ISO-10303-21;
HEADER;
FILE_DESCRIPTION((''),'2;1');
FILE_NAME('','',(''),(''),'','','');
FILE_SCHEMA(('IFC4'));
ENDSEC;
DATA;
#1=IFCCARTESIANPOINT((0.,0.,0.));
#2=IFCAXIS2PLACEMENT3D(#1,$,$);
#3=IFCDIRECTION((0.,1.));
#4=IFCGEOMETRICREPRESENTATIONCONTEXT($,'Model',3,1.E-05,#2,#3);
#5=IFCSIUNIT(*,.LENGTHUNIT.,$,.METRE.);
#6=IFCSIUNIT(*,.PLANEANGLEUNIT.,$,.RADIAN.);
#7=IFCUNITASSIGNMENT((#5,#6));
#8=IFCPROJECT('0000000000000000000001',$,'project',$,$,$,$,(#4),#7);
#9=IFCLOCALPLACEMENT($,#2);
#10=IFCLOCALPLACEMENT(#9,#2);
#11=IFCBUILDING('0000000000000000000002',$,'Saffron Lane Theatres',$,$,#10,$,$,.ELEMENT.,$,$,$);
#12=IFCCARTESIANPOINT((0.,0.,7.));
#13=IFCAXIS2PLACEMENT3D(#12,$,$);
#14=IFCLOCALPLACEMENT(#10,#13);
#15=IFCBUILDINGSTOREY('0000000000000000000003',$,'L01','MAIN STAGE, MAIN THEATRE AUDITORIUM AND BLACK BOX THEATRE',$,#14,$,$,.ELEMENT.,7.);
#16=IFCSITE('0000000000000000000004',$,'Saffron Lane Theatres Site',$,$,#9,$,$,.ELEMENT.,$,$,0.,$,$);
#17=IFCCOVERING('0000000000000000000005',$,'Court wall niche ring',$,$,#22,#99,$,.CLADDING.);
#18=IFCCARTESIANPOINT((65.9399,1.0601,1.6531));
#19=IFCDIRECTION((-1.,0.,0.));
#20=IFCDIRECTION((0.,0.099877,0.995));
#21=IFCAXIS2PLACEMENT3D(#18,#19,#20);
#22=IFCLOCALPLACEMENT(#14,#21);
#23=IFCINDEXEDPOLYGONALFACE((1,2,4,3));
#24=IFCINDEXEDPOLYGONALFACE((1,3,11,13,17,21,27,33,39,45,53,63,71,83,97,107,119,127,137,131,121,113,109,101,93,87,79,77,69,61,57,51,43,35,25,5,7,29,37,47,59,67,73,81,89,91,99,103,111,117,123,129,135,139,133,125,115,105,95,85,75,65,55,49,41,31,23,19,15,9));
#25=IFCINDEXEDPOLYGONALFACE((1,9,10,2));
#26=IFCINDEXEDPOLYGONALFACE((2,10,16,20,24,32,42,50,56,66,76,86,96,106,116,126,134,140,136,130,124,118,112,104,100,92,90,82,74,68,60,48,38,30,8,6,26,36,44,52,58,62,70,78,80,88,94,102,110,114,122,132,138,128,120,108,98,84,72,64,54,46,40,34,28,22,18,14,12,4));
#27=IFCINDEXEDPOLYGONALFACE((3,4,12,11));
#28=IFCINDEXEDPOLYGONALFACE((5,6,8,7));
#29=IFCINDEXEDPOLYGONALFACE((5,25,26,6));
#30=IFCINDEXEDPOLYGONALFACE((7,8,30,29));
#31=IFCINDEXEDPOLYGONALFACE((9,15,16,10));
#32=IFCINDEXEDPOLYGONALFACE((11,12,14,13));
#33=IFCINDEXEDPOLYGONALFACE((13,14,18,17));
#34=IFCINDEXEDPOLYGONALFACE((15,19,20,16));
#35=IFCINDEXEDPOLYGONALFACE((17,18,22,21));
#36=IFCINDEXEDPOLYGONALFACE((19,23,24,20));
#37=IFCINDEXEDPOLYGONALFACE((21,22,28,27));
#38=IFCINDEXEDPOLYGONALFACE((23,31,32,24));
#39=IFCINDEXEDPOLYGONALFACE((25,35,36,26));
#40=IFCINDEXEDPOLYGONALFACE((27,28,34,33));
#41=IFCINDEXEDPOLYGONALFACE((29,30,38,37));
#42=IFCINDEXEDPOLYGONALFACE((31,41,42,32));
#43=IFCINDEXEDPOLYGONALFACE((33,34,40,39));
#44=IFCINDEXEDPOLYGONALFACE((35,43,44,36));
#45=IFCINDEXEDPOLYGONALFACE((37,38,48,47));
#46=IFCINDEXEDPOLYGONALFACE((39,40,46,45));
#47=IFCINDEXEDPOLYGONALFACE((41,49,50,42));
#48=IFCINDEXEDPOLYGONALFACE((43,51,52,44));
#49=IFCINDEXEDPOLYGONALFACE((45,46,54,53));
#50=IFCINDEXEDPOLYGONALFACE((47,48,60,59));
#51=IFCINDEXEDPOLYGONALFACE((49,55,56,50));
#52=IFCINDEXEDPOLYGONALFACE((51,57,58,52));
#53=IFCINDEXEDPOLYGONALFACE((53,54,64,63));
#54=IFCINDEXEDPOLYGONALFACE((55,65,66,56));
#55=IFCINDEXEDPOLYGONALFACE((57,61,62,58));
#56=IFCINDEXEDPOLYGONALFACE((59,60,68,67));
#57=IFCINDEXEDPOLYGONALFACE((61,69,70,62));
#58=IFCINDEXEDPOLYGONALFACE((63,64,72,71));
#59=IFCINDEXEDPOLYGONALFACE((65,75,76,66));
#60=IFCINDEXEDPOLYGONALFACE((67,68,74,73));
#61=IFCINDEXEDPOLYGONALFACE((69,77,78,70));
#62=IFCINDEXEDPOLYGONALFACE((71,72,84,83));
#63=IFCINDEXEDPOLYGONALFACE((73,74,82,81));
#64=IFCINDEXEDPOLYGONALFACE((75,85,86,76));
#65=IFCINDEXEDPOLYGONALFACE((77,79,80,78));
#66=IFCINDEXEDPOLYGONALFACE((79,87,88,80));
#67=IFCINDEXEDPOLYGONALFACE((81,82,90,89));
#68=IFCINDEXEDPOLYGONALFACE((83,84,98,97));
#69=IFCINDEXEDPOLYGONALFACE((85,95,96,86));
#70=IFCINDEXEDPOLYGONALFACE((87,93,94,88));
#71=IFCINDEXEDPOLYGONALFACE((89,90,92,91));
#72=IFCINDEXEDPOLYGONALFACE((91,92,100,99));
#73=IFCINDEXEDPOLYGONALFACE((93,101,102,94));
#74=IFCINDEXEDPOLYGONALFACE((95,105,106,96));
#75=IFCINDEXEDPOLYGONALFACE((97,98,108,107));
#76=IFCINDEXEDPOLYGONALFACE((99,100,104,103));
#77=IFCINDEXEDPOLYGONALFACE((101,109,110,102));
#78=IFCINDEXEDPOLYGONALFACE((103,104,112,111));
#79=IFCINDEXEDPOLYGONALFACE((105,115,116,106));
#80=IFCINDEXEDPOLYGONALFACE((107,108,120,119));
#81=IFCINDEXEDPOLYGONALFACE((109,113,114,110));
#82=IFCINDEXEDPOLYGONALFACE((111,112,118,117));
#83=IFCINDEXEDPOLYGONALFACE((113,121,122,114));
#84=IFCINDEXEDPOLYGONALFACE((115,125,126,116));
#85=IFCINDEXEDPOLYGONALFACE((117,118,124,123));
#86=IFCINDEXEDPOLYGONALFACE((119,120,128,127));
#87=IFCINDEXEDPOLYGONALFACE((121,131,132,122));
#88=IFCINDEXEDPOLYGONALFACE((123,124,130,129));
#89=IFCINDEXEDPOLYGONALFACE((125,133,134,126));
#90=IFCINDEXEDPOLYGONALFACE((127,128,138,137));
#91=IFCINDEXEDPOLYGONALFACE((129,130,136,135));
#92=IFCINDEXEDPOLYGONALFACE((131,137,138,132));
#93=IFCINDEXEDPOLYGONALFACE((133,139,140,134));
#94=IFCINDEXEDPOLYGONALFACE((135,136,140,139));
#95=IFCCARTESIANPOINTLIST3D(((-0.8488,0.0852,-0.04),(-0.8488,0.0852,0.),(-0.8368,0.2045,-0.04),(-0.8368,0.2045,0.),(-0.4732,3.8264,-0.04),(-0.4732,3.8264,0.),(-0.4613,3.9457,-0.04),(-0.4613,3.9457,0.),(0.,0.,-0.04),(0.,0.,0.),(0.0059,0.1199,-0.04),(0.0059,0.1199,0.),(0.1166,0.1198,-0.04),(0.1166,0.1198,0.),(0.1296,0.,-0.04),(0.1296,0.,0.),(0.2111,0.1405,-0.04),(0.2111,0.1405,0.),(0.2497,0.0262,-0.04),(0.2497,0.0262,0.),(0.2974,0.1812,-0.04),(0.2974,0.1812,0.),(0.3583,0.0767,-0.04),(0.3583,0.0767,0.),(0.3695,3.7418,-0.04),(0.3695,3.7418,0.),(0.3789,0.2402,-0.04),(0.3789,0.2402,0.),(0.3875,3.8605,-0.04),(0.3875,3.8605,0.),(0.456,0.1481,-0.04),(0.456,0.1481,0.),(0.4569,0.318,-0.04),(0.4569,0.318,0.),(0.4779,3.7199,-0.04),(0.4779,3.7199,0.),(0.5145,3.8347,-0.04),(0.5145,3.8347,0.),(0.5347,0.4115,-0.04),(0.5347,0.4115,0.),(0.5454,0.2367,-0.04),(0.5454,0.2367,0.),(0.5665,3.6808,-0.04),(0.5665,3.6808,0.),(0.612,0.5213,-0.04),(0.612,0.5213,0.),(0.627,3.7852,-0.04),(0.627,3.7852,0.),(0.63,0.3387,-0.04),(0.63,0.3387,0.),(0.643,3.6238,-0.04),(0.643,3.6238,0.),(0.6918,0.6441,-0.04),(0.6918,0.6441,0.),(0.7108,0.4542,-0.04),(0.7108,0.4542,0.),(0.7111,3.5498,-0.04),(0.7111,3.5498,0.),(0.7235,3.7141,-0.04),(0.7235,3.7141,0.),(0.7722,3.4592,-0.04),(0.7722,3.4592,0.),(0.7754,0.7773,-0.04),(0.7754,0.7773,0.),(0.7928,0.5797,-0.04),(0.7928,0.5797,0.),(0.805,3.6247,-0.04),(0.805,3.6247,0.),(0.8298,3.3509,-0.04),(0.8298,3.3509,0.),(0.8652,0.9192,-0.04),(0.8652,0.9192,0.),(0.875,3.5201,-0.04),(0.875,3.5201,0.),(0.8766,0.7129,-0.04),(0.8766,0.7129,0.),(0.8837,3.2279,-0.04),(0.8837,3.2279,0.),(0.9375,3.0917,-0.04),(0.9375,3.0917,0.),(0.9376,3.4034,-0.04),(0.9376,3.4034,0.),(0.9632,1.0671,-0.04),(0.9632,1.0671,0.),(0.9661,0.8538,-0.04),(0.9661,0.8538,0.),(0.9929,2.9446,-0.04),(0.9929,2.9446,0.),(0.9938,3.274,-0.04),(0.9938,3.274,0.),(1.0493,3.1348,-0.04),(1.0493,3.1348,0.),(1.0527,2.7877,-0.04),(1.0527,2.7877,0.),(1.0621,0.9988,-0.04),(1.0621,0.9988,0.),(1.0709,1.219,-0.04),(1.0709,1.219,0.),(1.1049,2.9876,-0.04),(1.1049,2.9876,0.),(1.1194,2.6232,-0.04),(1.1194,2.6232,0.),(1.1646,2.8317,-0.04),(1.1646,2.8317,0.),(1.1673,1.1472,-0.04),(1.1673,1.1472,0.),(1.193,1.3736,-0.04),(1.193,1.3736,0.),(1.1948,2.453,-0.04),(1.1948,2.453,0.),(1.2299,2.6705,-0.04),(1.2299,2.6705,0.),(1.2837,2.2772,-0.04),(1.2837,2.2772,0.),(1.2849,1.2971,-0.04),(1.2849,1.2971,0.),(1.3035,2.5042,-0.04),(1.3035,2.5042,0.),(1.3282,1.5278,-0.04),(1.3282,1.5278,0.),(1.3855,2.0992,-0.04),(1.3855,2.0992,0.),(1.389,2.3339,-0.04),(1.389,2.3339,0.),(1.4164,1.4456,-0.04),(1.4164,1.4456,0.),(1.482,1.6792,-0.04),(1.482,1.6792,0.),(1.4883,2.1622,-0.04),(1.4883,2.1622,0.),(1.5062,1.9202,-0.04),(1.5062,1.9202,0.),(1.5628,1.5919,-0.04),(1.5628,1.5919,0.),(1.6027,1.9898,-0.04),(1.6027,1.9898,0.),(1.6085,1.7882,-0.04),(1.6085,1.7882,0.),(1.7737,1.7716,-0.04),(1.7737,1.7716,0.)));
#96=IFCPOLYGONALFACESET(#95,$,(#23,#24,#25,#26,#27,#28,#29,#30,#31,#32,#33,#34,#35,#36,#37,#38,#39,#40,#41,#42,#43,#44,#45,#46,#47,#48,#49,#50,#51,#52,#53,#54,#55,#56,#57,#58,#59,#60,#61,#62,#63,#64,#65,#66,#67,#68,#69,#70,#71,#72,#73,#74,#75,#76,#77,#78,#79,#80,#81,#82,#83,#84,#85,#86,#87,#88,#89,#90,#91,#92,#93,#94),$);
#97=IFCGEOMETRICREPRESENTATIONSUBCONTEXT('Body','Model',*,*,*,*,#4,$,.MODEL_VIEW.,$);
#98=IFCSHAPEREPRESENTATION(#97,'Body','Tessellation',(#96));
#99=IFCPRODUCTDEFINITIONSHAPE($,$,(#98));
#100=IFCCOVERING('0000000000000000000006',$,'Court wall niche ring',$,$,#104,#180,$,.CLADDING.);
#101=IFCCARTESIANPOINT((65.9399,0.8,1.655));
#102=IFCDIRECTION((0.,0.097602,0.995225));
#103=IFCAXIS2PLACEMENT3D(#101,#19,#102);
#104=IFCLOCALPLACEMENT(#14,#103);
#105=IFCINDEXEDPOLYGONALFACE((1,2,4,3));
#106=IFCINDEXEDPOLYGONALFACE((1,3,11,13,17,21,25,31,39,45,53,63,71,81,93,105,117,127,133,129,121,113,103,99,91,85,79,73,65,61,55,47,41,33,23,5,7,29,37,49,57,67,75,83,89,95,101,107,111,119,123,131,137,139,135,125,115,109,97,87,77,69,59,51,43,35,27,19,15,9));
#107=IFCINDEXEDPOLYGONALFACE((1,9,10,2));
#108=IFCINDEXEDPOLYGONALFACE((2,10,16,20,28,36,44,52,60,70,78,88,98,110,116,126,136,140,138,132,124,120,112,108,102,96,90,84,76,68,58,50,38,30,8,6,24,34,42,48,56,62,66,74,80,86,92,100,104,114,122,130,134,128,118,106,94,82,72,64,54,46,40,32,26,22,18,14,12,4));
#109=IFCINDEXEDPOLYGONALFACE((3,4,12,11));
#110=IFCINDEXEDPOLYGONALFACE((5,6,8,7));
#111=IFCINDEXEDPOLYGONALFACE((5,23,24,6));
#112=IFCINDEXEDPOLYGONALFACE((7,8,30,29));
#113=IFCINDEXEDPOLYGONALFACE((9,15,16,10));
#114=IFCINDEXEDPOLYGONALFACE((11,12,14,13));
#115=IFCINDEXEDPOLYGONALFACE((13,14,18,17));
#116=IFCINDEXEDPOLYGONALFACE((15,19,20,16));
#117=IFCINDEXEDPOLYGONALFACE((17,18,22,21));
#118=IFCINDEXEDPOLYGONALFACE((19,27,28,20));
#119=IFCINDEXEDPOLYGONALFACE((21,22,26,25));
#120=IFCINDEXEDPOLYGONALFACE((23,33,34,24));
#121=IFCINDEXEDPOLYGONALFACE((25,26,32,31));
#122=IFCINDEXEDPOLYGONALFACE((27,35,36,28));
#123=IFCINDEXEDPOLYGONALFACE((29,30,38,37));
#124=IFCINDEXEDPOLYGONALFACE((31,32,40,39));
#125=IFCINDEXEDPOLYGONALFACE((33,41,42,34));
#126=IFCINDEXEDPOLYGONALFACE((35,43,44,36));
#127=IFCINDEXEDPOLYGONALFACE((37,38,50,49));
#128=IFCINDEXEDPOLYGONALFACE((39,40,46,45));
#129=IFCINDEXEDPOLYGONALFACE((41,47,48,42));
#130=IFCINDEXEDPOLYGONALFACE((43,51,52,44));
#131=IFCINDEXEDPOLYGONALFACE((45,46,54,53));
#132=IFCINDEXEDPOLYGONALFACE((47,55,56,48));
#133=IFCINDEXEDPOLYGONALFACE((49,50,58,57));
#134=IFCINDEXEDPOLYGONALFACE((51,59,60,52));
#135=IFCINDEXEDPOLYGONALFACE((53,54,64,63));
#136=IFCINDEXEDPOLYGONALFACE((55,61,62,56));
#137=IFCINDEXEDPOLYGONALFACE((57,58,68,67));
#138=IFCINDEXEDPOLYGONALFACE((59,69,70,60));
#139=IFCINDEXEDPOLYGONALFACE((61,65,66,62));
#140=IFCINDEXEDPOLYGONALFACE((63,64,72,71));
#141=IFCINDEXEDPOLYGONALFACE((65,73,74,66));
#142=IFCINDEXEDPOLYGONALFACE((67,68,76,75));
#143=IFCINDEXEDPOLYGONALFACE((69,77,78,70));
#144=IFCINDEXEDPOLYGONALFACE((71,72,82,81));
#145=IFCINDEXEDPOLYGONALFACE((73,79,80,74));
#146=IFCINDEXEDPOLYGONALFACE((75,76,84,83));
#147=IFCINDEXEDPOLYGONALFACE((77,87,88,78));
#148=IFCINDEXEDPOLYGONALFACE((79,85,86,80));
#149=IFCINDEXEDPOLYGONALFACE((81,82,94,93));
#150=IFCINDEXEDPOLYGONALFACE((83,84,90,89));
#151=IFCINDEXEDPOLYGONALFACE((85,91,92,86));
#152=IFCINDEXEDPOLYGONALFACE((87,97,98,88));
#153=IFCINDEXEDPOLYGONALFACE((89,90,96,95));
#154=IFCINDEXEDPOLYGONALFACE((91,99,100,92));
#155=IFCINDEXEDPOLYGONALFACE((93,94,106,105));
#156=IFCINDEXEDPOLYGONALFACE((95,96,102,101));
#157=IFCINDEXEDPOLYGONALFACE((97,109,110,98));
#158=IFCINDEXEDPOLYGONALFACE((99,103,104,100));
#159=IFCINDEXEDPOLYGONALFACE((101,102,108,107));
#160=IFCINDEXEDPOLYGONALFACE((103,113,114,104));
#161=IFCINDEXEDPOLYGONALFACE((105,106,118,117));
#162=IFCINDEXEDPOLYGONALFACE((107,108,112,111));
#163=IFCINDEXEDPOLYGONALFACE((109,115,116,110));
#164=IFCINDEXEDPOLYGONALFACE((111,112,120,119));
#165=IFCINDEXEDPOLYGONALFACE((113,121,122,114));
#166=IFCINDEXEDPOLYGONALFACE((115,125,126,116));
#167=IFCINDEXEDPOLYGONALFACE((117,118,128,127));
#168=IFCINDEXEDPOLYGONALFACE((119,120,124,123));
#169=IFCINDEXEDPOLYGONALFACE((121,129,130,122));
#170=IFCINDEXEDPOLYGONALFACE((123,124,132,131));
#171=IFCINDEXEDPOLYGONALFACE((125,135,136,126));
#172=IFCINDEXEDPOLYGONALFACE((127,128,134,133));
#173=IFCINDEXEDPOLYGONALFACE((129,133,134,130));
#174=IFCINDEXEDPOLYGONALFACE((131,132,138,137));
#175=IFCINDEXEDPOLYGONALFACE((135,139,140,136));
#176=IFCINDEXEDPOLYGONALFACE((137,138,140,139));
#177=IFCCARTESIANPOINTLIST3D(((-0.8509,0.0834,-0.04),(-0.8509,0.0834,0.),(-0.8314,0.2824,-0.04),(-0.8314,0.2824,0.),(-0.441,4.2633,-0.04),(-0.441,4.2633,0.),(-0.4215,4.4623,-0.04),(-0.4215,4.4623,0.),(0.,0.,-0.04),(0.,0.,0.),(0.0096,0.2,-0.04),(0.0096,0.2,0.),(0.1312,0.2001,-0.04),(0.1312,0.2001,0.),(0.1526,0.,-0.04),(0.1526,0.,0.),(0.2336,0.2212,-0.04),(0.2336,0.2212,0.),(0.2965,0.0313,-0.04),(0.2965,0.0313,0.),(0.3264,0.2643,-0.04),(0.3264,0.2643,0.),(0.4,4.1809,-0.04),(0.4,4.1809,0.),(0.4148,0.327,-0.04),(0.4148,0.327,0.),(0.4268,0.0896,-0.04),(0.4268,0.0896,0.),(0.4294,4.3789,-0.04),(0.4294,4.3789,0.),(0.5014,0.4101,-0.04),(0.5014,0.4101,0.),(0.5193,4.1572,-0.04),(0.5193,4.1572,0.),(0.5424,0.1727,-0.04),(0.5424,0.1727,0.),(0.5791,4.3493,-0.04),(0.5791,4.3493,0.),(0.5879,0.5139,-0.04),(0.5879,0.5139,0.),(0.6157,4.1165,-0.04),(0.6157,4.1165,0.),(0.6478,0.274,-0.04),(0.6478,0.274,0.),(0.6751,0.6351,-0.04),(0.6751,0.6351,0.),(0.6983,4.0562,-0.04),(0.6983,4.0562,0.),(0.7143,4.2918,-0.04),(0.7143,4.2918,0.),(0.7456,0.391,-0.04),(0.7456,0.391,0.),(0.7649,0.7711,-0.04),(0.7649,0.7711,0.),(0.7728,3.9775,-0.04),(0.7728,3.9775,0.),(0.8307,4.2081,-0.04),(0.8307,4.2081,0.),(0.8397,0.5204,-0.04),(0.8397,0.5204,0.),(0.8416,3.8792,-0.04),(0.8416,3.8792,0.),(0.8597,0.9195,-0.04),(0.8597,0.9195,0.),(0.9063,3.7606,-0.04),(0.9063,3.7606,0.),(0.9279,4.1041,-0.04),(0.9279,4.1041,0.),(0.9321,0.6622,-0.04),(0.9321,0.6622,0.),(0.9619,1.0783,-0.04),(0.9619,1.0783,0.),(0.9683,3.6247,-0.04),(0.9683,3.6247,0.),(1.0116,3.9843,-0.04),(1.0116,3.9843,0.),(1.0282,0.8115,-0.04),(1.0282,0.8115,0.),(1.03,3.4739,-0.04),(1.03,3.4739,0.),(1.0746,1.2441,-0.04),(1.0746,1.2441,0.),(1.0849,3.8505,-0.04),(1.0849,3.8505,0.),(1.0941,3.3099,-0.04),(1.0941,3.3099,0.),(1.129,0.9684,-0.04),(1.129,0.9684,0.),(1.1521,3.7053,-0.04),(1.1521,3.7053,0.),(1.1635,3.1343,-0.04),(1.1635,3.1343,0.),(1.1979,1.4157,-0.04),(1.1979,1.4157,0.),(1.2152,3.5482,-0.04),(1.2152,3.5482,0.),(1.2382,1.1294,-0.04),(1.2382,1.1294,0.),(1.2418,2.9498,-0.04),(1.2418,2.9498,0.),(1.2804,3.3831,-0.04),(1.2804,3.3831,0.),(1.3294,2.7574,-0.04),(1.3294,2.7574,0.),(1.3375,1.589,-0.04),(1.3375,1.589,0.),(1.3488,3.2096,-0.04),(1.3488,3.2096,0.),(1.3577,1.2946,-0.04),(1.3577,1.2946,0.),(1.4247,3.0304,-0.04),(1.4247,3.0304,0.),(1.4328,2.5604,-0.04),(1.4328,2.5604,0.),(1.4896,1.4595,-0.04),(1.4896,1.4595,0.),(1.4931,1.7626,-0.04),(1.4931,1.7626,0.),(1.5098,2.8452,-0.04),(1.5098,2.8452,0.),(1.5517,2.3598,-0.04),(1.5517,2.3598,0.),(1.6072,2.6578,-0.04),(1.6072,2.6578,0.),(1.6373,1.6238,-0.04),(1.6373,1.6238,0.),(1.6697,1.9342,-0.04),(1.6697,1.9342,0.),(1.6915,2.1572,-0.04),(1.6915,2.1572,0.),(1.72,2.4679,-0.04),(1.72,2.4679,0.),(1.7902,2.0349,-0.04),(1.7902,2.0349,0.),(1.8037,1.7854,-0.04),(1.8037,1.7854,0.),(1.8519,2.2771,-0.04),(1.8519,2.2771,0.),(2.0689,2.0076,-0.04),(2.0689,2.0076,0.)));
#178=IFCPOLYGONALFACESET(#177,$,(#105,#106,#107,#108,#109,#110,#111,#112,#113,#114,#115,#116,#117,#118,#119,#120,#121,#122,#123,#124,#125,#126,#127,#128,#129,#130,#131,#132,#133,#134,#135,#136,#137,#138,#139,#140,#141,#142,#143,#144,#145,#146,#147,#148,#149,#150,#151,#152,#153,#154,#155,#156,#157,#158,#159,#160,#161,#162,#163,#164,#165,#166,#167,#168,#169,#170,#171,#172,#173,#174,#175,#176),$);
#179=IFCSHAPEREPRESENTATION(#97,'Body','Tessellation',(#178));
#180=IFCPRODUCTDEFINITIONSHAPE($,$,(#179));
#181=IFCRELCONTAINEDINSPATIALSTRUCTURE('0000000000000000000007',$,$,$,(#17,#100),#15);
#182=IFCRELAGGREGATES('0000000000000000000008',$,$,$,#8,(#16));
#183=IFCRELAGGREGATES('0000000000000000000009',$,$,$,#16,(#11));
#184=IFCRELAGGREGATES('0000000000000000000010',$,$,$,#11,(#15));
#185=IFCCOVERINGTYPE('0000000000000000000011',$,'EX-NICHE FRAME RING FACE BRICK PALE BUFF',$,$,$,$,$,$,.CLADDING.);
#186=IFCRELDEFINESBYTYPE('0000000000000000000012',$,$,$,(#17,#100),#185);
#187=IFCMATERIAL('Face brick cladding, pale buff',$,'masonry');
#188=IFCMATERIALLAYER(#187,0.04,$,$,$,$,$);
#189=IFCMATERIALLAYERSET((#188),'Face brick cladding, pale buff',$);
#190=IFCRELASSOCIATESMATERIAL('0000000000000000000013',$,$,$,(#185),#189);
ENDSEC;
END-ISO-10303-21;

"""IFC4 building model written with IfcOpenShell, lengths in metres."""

from ifc_helpers import new_model, si_unit, direction, frame, origin, place, context, subcontext, project, spatial, polyline, outline, extrude, material, layer, layer_set, type_object, element, save


model = new_model("IFC4")

# Units and contexts
model_context = context("Model", 3, precision=1e-05, world=origin(), true_north=direction((0.0, 1.0)))
body_context = subcontext(model_context, "Body", "Model", "MODEL_VIEW")
ifc_project = project(units=[si_unit("LENGTHUNIT", "METRE"), si_unit("PLANEANGLEUNIT", "RADIAN")], contexts=[model_context])

# Site, building, storey
site_placement = place(None, origin())
site = spatial("IfcSite", under=ifc_project, at=site_placement, Name="Saffron Lane Theatres Site", CompositionType="ELEMENT", RefElevation=0.0)
building_placement = place(site_placement, origin())
building = spatial("IfcBuilding", under=site, at=building_placement, Name="Saffron Lane Theatres", CompositionType="ELEMENT")
storey_placement = place(building_placement, frame((0.0, 0.0, 7.0)))
storey = spatial("IfcBuildingStorey", under=building, at=storey_placement, Name="L01", Description="MAIN STAGE, MAIN THEATRE AUDITORIUM AND BLACK BOX THEATRE", CompositionType="ELEMENT", Elevation=7.0)

# Coverings
ifc_material_1 = material(Name="Face brick cladding, pale buff", Category="masonry")
ifc_layer_1 = layer(ifc_material_1, 0.04)
ifc_layer_set_1 = layer_set([ifc_layer_1], Name="Face brick cladding, pale buff")
covering_type_1 = type_object("IfcCoveringType", Name="EX-NICHE FRAME RING FACE BRICK PALE BUFF", PredefinedType="CLADDING", material=ifc_layer_set_1)
covering_1_placement = place(storey_placement, frame((65.9399, 1.0601, 1.6531), z_axis=(-1.0, 0.0, 0.0), x_axis=(0.0, 0.099877, 0.995)))
element("IfcCovering", 1, at=covering_1_placement, inside=storey, type_object=covering_type_1, Name="Court wall niche ring", PredefinedType="CLADDING", context=body_context, shape_type="SweptSolid", body=[
    extrude(outline(polyline([(0.0, 0.0), (0.1296, 0.0), (0.2497, 0.0262), (0.3583, 0.0767), (0.456, 0.1481), (0.5454, 0.2367), (0.63, 0.3387), (0.7108, 0.4542), (0.7928, 0.5797), (0.8766, 0.7129), (0.9661, 0.8538), (1.0621, 0.9988), (1.1673, 1.1472), (1.2849, 1.2971), (1.4164, 1.4456), (1.5628, 1.5919), (1.7737, 1.7716), (1.6027, 1.9898), (1.4883, 2.1622), (1.389, 2.3339), (1.3035, 2.5042), (1.2299, 2.6705), (1.1646, 2.8317), (1.1049, 2.9876), (1.0493, 3.1348), (0.9938, 3.274), (0.9376, 3.4034), (0.875, 3.5201), (0.805, 3.6247), (0.7235, 3.7141), (0.627, 3.7852), (0.5145, 3.8347), (0.3875, 3.8605), (-0.4613, 3.9457), (-0.4732, 3.8264), (0.3695, 3.7418), (0.4779, 3.7199), (0.5665, 3.6808), (0.643, 3.6238), (0.7111, 3.5498), (0.7722, 3.4592), (0.8298, 3.3509), (0.8837, 3.2279), (0.9375, 3.0917), (0.9929, 2.9446), (1.0527, 2.7877), (1.1194, 2.6232), (1.1948, 2.453), (1.2837, 2.2772), (1.3855, 2.0992), (1.5062, 1.9202), (1.6085, 1.7882), (1.482, 1.6792), (1.3282, 1.5278), (1.193, 1.3736), (1.0709, 1.219), (0.9632, 1.0671), (0.8652, 0.9192), (0.7754, 0.7773), (0.6918, 0.6441), (0.612, 0.5213), (0.5347, 0.4115), (0.4569, 0.318), (0.3789, 0.2402), (0.2974, 0.1812), (0.2111, 0.1405), (0.1166, 0.1198), (0.0059, 0.1199), (-0.8368, 0.2045), (-0.8488, 0.0852), (0.0, 0.0)])), origin(), (0.0, 0.0, -1.0), 0.04),
])
covering_2_placement = place(storey_placement, frame((65.9399, 0.8, 1.655), z_axis=(-1.0, 0.0, 0.0), x_axis=(0.0, 0.097602, 0.995225)))
element("IfcCovering", 2, at=covering_2_placement, inside=storey, type_object=covering_type_1, Name="Court wall niche ring", PredefinedType="CLADDING", context=body_context, shape_type="SweptSolid", body=[
    extrude(outline(polyline([(0.0, 0.0), (0.1526, 0.0), (0.2965, 0.0313), (0.4268, 0.0896), (0.5424, 0.1727), (0.6478, 0.274), (0.7456, 0.391), (0.8397, 0.5204), (0.9321, 0.6622), (1.0282, 0.8115), (1.129, 0.9684), (1.2382, 1.1294), (1.3577, 1.2946), (1.4896, 1.4595), (1.6373, 1.6238), (1.8037, 1.7854), (2.0689, 2.0076), (1.8519, 2.2771), (1.72, 2.4679), (1.6072, 2.6578), (1.5098, 2.8452), (1.4247, 3.0304), (1.3488, 3.2096), (1.2804, 3.3831), (1.2152, 3.5482), (1.1521, 3.7053), (1.0849, 3.8505), (1.0116, 3.9843), (0.9279, 4.1041), (0.8307, 4.2081), (0.7143, 4.2918), (0.5791, 4.3493), (0.4294, 4.3789), (-0.4215, 4.4623), (-0.441, 4.2633), (0.4, 4.1809), (0.5193, 4.1572), (0.6157, 4.1165), (0.6983, 4.0562), (0.7728, 3.9775), (0.8416, 3.8792), (0.9063, 3.7606), (0.9683, 3.6247), (1.03, 3.4739), (1.0941, 3.3099), (1.1635, 3.1343), (1.2418, 2.9498), (1.3294, 2.7574), (1.4328, 2.5604), (1.5517, 2.3598), (1.6915, 2.1572), (1.7902, 2.0349), (1.6697, 1.9342), (1.4931, 1.7626), (1.3375, 1.589), (1.1979, 1.4157), (1.0746, 1.2441), (0.9619, 1.0783), (0.8597, 0.9195), (0.7649, 0.7711), (0.6751, 0.6351), (0.5879, 0.5139), (0.5014, 0.4101), (0.4148, 0.327), (0.3264, 0.2643), (0.2336, 0.2212), (0.1312, 0.2001), (0.0096, 0.2), (-0.8314, 0.2824), (-0.8509, 0.0834), (0.0, 0.0)])), origin(), (0.0, 0.0, -1.0), 0.04),
])

save(model, "model.ifc")
